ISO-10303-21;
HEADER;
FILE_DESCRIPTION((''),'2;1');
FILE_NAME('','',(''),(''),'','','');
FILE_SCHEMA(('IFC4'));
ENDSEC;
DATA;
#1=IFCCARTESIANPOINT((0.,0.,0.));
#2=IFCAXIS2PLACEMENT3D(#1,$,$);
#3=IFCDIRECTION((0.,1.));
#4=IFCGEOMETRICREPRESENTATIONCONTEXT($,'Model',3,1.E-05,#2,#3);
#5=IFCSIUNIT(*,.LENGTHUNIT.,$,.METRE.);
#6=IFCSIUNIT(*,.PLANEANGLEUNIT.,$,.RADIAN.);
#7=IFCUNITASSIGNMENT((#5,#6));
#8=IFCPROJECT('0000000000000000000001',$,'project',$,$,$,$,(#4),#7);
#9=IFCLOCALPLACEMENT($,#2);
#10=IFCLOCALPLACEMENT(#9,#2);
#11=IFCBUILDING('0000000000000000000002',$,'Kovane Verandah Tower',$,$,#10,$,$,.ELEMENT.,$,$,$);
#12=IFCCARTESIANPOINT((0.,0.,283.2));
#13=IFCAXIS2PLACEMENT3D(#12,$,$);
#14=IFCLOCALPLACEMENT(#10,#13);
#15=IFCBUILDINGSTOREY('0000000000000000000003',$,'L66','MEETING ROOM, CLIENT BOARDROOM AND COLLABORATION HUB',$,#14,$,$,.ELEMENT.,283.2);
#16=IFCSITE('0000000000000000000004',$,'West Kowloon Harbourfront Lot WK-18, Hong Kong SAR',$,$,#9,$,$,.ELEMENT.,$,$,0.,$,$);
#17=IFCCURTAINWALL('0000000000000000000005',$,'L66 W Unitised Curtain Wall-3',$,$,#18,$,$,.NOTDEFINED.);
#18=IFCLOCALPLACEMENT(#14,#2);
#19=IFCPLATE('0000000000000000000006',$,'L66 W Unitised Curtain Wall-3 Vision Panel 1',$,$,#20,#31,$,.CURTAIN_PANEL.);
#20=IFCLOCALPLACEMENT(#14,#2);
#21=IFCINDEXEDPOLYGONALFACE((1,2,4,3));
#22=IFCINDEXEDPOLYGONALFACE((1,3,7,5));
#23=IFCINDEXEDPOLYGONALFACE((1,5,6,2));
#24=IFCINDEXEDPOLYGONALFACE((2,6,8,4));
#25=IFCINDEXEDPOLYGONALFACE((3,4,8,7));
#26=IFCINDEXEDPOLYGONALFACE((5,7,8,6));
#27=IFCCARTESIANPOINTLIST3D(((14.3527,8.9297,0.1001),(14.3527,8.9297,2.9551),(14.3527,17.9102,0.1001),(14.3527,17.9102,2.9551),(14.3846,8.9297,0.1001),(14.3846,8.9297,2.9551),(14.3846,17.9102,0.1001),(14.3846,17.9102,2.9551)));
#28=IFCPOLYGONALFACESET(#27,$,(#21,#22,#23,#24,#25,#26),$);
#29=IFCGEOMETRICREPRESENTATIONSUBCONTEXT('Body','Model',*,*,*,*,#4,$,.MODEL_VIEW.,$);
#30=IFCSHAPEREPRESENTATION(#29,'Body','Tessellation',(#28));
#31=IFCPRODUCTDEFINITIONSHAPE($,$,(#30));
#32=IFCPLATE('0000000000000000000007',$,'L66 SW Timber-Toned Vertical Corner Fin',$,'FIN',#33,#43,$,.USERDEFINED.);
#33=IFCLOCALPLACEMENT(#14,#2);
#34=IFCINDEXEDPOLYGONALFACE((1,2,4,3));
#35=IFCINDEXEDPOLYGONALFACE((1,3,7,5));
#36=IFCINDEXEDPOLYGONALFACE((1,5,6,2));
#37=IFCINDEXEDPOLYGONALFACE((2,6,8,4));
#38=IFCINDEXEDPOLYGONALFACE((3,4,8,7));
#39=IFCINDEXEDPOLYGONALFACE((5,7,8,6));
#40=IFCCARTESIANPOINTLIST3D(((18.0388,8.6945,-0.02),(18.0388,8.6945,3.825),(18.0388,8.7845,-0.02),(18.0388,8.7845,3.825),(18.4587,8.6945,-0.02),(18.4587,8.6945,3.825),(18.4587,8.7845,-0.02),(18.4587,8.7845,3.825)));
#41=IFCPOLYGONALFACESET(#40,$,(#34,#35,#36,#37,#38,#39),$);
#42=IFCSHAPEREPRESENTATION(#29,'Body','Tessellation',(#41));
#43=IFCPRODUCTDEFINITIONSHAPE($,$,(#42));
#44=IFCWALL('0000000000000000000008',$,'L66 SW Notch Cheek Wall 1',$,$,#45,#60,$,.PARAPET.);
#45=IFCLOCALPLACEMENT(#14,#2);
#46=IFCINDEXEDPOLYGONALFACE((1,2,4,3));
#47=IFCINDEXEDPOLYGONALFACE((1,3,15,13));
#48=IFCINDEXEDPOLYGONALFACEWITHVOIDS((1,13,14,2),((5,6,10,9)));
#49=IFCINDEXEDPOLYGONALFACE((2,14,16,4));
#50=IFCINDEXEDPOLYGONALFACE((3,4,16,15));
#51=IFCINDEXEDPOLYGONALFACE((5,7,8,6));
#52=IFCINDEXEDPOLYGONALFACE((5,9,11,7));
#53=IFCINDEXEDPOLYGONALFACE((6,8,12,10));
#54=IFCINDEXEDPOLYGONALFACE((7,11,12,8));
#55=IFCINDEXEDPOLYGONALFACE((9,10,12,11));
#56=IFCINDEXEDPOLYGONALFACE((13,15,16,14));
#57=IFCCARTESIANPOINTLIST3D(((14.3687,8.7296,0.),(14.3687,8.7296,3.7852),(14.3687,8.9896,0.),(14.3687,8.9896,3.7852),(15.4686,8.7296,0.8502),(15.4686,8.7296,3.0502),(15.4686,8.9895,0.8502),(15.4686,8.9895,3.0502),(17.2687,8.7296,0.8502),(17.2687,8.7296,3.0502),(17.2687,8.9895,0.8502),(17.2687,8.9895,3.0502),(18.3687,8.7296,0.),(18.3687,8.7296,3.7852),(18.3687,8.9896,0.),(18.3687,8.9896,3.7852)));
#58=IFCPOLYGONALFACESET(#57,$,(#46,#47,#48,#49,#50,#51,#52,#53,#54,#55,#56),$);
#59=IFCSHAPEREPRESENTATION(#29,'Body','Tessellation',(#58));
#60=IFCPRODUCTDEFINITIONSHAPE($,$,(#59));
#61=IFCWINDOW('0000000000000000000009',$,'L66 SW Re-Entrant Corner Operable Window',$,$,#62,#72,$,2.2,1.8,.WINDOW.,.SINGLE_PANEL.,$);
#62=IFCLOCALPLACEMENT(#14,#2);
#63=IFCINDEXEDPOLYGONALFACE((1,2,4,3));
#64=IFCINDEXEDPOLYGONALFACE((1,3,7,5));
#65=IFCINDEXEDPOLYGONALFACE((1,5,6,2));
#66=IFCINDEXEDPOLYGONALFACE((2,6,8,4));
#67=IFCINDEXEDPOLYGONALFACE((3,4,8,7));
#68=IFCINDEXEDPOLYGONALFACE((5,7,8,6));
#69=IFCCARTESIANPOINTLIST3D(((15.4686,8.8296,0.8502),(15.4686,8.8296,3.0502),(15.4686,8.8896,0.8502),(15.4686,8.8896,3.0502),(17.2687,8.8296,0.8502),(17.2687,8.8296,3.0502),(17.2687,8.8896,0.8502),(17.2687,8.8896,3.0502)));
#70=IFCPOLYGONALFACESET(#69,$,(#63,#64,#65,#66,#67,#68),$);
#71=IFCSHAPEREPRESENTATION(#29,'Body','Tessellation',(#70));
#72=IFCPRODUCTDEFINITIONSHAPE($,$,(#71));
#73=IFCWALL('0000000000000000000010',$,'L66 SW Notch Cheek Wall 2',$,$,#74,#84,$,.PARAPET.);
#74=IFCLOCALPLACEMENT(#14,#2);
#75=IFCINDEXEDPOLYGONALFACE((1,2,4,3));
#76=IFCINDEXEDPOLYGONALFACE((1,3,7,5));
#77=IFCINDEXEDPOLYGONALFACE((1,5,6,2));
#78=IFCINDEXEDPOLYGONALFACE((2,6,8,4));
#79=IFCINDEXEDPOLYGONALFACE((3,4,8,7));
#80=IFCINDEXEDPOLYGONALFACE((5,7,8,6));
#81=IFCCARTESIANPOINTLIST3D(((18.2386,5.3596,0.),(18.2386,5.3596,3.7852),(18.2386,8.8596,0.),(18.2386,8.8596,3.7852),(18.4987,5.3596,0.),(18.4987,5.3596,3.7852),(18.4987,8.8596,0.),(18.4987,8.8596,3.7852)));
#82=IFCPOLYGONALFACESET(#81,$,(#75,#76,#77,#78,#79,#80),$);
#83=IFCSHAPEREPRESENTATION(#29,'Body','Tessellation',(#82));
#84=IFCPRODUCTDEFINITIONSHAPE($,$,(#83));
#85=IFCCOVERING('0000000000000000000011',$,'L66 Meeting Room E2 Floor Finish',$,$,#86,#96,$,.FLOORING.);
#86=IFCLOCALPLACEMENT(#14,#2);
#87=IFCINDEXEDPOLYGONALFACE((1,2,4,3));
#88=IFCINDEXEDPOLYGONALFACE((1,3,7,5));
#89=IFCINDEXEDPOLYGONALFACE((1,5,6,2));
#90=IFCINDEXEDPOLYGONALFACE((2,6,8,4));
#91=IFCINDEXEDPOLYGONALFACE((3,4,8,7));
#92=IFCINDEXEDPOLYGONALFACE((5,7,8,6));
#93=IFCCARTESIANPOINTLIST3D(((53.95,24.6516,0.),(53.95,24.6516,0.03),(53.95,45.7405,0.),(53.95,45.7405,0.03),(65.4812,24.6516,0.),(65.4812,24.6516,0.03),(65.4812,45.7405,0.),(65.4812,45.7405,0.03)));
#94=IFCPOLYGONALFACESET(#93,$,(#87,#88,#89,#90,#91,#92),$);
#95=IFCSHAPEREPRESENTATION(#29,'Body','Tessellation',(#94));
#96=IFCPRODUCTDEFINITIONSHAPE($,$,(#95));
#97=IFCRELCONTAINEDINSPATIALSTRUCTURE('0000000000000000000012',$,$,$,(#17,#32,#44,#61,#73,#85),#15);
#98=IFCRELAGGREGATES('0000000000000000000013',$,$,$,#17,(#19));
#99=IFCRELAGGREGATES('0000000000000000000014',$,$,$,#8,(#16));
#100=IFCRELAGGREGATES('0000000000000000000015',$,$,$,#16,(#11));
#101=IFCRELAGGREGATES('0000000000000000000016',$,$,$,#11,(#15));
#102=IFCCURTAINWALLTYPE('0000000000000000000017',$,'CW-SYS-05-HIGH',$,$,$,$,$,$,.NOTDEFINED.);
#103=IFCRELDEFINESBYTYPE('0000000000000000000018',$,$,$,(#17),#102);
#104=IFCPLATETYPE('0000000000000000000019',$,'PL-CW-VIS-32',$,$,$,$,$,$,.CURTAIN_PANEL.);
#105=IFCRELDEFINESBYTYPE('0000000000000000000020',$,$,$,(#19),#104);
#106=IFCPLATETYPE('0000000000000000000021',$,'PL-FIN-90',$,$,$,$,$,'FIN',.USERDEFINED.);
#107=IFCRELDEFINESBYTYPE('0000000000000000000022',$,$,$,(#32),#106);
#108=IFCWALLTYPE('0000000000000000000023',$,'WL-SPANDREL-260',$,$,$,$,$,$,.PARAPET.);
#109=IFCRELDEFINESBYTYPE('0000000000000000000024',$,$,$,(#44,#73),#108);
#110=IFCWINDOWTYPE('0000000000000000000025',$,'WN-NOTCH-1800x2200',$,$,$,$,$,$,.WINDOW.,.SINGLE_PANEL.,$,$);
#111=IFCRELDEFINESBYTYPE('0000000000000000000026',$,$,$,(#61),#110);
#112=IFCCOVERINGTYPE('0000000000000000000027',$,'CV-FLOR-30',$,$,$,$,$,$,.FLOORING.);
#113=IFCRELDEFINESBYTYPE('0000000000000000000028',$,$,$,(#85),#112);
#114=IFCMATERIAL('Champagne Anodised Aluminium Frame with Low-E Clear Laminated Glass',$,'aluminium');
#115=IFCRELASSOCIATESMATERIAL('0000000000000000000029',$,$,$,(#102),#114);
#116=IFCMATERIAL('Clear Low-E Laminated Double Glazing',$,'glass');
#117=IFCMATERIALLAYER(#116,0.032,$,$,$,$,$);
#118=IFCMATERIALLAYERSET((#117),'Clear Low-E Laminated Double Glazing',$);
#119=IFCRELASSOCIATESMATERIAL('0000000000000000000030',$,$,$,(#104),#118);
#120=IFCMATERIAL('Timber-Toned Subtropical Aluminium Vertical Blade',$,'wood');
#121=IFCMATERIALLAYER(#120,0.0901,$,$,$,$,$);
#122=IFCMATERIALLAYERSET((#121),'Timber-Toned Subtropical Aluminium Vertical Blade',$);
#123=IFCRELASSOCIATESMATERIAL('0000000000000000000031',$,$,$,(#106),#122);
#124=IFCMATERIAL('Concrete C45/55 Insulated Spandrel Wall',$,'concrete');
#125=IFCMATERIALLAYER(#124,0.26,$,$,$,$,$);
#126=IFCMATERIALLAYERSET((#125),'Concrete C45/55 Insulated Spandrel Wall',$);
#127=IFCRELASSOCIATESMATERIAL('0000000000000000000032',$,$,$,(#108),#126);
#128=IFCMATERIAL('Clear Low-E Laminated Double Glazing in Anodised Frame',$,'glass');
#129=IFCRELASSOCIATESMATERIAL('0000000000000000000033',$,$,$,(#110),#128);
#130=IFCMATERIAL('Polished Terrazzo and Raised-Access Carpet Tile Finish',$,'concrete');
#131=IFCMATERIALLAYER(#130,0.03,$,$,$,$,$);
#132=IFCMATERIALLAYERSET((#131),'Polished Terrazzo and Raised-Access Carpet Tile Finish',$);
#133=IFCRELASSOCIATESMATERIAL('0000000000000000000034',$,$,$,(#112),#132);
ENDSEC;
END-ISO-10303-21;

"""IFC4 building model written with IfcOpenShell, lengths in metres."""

from ifc_helpers import new_model, si_unit, direction, frame, frame_2d, origin, origin_2d, place, context, subcontext, project, spatial, polyline, rectangle, outline, extrude, material, layer, layer_set, type_object, element, fill, aggregate, save


model = new_model("IFC4")

# Units and contexts
model_context = context("Model", 3, precision=1e-05, world=origin(), true_north=direction((0.0, 1.0)))
body_context = subcontext(model_context, "Body", "Model", "MODEL_VIEW")
ifc_project = project(units=[si_unit("LENGTHUNIT", "METRE"), si_unit("PLANEANGLEUNIT", "RADIAN")], contexts=[model_context])

# Site, building, storey
site_placement = place(None, origin())
site = spatial("IfcSite", under=ifc_project, at=site_placement, Name="West Kowloon Harbourfront Lot WK-18, Hong Kong SAR", CompositionType="ELEMENT", RefElevation=0.0)
building_placement = place(site_placement, origin())
building = spatial("IfcBuilding", under=site, at=building_placement, Name="Kovane Verandah Tower", CompositionType="ELEMENT")
storey_placement = place(building_placement, frame((0.0, 0.0, 283.2)))
storey = spatial("IfcBuildingStorey", under=building, at=storey_placement, Name="L66", Description="MEETING ROOM, CLIENT BOARDROOM AND COLLABORATION HUB", CompositionType="ELEMENT", Elevation=283.2)

# Shared definitions
ifc_material_1 = material(Name="Champagne Anodised Aluminium Frame with Low-E Clear Laminated Glass", Category="aluminium")
curtain_wall_type = type_object("IfcCurtainWallType", Name="CW-SYS-05-HIGH", PredefinedType="NOTDEFINED", material=ifc_material_1)

# Curtain wall
curtain_wall_1_placement = place(storey_placement, origin())
curtain_wall_1 = element("IfcCurtainWall", 1, at=curtain_wall_1_placement, inside=storey, type_object=curtain_wall_type, Name="L66 W Unitised Curtain Wall-3", PredefinedType="NOTDEFINED")

# Plates
ifc_material_2 = material(Name="Clear Low-E Laminated Double Glazing", Category="glass")
ifc_layer_1 = layer(ifc_material_2, 0.032)
ifc_layer_set_1 = layer_set([ifc_layer_1], Name="Clear Low-E Laminated Double Glazing")
plate_type_1 = type_object("IfcPlateType", Name="PL-CW-VIS-32", PredefinedType="CURTAIN_PANEL", material=ifc_layer_set_1)
plate_1_placement = place(storey_placement, frame((14.3687, 13.4199, 0.1001), z_axis=(0.0, 0.0, 1.0), x_axis=(0.0, -1.0, 0.0)))
plate_1 = element("IfcPlate", 2, at=plate_1_placement, type_object=plate_type_1, Name="L66 W Unitised Curtain Wall-3 Vision Panel 1", PredefinedType="CURTAIN_PANEL", context=body_context, shape_type="SweptSolid", body=[
    extrude(rectangle(XDim=8.9805, YDim=0.032, at=origin_2d()), origin(), (0.0, 0.0, 1.0), 2.855),
])
aggregate(curtain_wall_1, [plate_1])
ifc_material_3 = material(Name="Timber-Toned Subtropical Aluminium Vertical Blade", Category="wood")
ifc_layer_2 = layer(ifc_material_3, 0.0901)
ifc_layer_set_2 = layer_set([ifc_layer_2], Name="Timber-Toned Subtropical Aluminium Vertical Blade")
plate_type_2 = type_object("IfcPlateType", Name="PL-FIN-90", ElementType="FIN", PredefinedType="USERDEFINED", material=ifc_layer_set_2)
plate_2_placement = place(storey_placement, frame((18.2488, 8.7395, -0.02), z_axis=(0.0, 0.0, 1.0), x_axis=(1.0, 0.0, 0.0)))
element("IfcPlate", 3, at=plate_2_placement, inside=storey, type_object=plate_type_2, Name="L66 SW Timber-Toned Vertical Corner Fin", ObjectType="FIN", PredefinedType="USERDEFINED", context=body_context, shape_type="SweptSolid", body=[
    extrude(rectangle(XDim=0.4199, YDim=0.0901, at=origin_2d()), origin(), (0.0, 0.0, 1.0), 3.845),
])

# Wall, opening, window
ifc_material_4 = material(Name="Concrete C45/55 Insulated Spandrel Wall", Category="concrete")
ifc_layer_3 = layer(ifc_material_4, 0.26)
ifc_layer_set_3 = layer_set([ifc_layer_3], Name="Concrete C45/55 Insulated Spandrel Wall")
wall_type = type_object("IfcWallType", Name="WL-SPANDREL-260", PredefinedType="PARAPET", material=ifc_layer_set_3)
wall_1_placement = place(storey_placement, frame((14.3687, 8.8596, 0.0), z_axis=(0.0, 0.0, 1.0), x_axis=(1.0, 0.0, 0.0)))
wall_1 = element("IfcWall", 4, at=wall_1_placement, inside=storey, type_object=wall_type, Name="L66 SW Notch Cheek Wall 1", PredefinedType="PARAPET", context=body_context, shape_type="SweptSolid", body=[
    extrude(rectangle(XDim=4.0, YDim=0.26, at=frame_2d((2.0, 0.0))), origin(), (0.0, 0.0, 1.0), 3.7852),
])
opening_placement = place(wall_1_placement, frame((1.1001, 0.0, 0.8501)))
opening = element("IfcOpeningElement", 5, at=opening_placement, cuts=wall_1, PredefinedType="OPENING", context=body_context, shape_type="SweptSolid", body=[
    extrude(rectangle(XDim=1.8, YDim=2.2, at=frame_2d((0.8999, 1.1001))), frame((0.0, 0.1299, 0.0), z_axis=(0.0, -1.0, 0.0), x_axis=(1.0, 0.0, 0.0)), (0.0, 0.0, 1.0), 0.26),
])
ifc_material_5 = material(Name="Clear Low-E Laminated Double Glazing in Anodised Frame", Category="glass")
window_type = type_object("IfcWindowType", Name="WN-NOTCH-1800x2200", PartitioningType="SINGLE_PANEL", PredefinedType="WINDOW", material=ifc_material_5)
window_placement = place(opening_placement, origin())
window = element("IfcWindow", 6, at=window_placement, inside=storey, type_object=window_type, Name="L66 SW Re-Entrant Corner Operable Window", OverallHeight=2.2, OverallWidth=1.8, PartitioningType="SINGLE_PANEL", PredefinedType="WINDOW", context=body_context, shape_type="SweptSolid", body=[
    extrude(rectangle(XDim=1.8, YDim=2.2, at=frame_2d((0.8999, 1.1001))), frame((0.0, 0.03, 0.0), z_axis=(0.0, -1.0, 0.0), x_axis=(1.0, 0.0, 0.0)), (0.0, 0.0, 1.0), 0.0601),
])
fill(opening, window)

# Wall
wall_2_placement = place(storey_placement, frame((18.3687, 8.8596, 0.0), z_axis=(0.0, 0.0, 1.0), x_axis=(0.0, -1.0, 0.0)))
element("IfcWall", 7, at=wall_2_placement, inside=storey, type_object=wall_type, Name="L66 SW Notch Cheek Wall 2", PredefinedType="PARAPET", context=body_context, shape_type="SweptSolid", body=[
    extrude(rectangle(XDim=3.5, YDim=0.26, at=frame_2d((1.75, 0.0))), origin(), (0.0, 0.0, 1.0), 3.7852),
])

# Covering
ifc_material_6 = material(Name="Polished Terrazzo and Raised-Access Carpet Tile Finish", Category="concrete")
ifc_layer_4 = layer(ifc_material_6, 0.03)
ifc_layer_set_4 = layer_set([ifc_layer_4], Name="Polished Terrazzo and Raised-Access Carpet Tile Finish")
covering_type = type_object("IfcCoveringType", Name="CV-FLOR-30", PredefinedType="FLOORING", material=ifc_layer_set_4)
covering_placement = place(storey_placement, origin())
element("IfcCovering", 8, at=covering_placement, inside=storey, type_object=covering_type, Name="L66 Meeting Room E2 Floor Finish", PredefinedType="FLOORING", context=body_context, shape_type="SweptSolid", body=[
    extrude(outline(polyline([(53.95, 24.6516), (65.4812, 24.6516), (65.4812, 45.7405), (53.95, 45.7405), (53.95, 24.6516)])), origin(), (0.0, 0.0, 1.0), 0.03),
])

save(model, "model.ifc")
